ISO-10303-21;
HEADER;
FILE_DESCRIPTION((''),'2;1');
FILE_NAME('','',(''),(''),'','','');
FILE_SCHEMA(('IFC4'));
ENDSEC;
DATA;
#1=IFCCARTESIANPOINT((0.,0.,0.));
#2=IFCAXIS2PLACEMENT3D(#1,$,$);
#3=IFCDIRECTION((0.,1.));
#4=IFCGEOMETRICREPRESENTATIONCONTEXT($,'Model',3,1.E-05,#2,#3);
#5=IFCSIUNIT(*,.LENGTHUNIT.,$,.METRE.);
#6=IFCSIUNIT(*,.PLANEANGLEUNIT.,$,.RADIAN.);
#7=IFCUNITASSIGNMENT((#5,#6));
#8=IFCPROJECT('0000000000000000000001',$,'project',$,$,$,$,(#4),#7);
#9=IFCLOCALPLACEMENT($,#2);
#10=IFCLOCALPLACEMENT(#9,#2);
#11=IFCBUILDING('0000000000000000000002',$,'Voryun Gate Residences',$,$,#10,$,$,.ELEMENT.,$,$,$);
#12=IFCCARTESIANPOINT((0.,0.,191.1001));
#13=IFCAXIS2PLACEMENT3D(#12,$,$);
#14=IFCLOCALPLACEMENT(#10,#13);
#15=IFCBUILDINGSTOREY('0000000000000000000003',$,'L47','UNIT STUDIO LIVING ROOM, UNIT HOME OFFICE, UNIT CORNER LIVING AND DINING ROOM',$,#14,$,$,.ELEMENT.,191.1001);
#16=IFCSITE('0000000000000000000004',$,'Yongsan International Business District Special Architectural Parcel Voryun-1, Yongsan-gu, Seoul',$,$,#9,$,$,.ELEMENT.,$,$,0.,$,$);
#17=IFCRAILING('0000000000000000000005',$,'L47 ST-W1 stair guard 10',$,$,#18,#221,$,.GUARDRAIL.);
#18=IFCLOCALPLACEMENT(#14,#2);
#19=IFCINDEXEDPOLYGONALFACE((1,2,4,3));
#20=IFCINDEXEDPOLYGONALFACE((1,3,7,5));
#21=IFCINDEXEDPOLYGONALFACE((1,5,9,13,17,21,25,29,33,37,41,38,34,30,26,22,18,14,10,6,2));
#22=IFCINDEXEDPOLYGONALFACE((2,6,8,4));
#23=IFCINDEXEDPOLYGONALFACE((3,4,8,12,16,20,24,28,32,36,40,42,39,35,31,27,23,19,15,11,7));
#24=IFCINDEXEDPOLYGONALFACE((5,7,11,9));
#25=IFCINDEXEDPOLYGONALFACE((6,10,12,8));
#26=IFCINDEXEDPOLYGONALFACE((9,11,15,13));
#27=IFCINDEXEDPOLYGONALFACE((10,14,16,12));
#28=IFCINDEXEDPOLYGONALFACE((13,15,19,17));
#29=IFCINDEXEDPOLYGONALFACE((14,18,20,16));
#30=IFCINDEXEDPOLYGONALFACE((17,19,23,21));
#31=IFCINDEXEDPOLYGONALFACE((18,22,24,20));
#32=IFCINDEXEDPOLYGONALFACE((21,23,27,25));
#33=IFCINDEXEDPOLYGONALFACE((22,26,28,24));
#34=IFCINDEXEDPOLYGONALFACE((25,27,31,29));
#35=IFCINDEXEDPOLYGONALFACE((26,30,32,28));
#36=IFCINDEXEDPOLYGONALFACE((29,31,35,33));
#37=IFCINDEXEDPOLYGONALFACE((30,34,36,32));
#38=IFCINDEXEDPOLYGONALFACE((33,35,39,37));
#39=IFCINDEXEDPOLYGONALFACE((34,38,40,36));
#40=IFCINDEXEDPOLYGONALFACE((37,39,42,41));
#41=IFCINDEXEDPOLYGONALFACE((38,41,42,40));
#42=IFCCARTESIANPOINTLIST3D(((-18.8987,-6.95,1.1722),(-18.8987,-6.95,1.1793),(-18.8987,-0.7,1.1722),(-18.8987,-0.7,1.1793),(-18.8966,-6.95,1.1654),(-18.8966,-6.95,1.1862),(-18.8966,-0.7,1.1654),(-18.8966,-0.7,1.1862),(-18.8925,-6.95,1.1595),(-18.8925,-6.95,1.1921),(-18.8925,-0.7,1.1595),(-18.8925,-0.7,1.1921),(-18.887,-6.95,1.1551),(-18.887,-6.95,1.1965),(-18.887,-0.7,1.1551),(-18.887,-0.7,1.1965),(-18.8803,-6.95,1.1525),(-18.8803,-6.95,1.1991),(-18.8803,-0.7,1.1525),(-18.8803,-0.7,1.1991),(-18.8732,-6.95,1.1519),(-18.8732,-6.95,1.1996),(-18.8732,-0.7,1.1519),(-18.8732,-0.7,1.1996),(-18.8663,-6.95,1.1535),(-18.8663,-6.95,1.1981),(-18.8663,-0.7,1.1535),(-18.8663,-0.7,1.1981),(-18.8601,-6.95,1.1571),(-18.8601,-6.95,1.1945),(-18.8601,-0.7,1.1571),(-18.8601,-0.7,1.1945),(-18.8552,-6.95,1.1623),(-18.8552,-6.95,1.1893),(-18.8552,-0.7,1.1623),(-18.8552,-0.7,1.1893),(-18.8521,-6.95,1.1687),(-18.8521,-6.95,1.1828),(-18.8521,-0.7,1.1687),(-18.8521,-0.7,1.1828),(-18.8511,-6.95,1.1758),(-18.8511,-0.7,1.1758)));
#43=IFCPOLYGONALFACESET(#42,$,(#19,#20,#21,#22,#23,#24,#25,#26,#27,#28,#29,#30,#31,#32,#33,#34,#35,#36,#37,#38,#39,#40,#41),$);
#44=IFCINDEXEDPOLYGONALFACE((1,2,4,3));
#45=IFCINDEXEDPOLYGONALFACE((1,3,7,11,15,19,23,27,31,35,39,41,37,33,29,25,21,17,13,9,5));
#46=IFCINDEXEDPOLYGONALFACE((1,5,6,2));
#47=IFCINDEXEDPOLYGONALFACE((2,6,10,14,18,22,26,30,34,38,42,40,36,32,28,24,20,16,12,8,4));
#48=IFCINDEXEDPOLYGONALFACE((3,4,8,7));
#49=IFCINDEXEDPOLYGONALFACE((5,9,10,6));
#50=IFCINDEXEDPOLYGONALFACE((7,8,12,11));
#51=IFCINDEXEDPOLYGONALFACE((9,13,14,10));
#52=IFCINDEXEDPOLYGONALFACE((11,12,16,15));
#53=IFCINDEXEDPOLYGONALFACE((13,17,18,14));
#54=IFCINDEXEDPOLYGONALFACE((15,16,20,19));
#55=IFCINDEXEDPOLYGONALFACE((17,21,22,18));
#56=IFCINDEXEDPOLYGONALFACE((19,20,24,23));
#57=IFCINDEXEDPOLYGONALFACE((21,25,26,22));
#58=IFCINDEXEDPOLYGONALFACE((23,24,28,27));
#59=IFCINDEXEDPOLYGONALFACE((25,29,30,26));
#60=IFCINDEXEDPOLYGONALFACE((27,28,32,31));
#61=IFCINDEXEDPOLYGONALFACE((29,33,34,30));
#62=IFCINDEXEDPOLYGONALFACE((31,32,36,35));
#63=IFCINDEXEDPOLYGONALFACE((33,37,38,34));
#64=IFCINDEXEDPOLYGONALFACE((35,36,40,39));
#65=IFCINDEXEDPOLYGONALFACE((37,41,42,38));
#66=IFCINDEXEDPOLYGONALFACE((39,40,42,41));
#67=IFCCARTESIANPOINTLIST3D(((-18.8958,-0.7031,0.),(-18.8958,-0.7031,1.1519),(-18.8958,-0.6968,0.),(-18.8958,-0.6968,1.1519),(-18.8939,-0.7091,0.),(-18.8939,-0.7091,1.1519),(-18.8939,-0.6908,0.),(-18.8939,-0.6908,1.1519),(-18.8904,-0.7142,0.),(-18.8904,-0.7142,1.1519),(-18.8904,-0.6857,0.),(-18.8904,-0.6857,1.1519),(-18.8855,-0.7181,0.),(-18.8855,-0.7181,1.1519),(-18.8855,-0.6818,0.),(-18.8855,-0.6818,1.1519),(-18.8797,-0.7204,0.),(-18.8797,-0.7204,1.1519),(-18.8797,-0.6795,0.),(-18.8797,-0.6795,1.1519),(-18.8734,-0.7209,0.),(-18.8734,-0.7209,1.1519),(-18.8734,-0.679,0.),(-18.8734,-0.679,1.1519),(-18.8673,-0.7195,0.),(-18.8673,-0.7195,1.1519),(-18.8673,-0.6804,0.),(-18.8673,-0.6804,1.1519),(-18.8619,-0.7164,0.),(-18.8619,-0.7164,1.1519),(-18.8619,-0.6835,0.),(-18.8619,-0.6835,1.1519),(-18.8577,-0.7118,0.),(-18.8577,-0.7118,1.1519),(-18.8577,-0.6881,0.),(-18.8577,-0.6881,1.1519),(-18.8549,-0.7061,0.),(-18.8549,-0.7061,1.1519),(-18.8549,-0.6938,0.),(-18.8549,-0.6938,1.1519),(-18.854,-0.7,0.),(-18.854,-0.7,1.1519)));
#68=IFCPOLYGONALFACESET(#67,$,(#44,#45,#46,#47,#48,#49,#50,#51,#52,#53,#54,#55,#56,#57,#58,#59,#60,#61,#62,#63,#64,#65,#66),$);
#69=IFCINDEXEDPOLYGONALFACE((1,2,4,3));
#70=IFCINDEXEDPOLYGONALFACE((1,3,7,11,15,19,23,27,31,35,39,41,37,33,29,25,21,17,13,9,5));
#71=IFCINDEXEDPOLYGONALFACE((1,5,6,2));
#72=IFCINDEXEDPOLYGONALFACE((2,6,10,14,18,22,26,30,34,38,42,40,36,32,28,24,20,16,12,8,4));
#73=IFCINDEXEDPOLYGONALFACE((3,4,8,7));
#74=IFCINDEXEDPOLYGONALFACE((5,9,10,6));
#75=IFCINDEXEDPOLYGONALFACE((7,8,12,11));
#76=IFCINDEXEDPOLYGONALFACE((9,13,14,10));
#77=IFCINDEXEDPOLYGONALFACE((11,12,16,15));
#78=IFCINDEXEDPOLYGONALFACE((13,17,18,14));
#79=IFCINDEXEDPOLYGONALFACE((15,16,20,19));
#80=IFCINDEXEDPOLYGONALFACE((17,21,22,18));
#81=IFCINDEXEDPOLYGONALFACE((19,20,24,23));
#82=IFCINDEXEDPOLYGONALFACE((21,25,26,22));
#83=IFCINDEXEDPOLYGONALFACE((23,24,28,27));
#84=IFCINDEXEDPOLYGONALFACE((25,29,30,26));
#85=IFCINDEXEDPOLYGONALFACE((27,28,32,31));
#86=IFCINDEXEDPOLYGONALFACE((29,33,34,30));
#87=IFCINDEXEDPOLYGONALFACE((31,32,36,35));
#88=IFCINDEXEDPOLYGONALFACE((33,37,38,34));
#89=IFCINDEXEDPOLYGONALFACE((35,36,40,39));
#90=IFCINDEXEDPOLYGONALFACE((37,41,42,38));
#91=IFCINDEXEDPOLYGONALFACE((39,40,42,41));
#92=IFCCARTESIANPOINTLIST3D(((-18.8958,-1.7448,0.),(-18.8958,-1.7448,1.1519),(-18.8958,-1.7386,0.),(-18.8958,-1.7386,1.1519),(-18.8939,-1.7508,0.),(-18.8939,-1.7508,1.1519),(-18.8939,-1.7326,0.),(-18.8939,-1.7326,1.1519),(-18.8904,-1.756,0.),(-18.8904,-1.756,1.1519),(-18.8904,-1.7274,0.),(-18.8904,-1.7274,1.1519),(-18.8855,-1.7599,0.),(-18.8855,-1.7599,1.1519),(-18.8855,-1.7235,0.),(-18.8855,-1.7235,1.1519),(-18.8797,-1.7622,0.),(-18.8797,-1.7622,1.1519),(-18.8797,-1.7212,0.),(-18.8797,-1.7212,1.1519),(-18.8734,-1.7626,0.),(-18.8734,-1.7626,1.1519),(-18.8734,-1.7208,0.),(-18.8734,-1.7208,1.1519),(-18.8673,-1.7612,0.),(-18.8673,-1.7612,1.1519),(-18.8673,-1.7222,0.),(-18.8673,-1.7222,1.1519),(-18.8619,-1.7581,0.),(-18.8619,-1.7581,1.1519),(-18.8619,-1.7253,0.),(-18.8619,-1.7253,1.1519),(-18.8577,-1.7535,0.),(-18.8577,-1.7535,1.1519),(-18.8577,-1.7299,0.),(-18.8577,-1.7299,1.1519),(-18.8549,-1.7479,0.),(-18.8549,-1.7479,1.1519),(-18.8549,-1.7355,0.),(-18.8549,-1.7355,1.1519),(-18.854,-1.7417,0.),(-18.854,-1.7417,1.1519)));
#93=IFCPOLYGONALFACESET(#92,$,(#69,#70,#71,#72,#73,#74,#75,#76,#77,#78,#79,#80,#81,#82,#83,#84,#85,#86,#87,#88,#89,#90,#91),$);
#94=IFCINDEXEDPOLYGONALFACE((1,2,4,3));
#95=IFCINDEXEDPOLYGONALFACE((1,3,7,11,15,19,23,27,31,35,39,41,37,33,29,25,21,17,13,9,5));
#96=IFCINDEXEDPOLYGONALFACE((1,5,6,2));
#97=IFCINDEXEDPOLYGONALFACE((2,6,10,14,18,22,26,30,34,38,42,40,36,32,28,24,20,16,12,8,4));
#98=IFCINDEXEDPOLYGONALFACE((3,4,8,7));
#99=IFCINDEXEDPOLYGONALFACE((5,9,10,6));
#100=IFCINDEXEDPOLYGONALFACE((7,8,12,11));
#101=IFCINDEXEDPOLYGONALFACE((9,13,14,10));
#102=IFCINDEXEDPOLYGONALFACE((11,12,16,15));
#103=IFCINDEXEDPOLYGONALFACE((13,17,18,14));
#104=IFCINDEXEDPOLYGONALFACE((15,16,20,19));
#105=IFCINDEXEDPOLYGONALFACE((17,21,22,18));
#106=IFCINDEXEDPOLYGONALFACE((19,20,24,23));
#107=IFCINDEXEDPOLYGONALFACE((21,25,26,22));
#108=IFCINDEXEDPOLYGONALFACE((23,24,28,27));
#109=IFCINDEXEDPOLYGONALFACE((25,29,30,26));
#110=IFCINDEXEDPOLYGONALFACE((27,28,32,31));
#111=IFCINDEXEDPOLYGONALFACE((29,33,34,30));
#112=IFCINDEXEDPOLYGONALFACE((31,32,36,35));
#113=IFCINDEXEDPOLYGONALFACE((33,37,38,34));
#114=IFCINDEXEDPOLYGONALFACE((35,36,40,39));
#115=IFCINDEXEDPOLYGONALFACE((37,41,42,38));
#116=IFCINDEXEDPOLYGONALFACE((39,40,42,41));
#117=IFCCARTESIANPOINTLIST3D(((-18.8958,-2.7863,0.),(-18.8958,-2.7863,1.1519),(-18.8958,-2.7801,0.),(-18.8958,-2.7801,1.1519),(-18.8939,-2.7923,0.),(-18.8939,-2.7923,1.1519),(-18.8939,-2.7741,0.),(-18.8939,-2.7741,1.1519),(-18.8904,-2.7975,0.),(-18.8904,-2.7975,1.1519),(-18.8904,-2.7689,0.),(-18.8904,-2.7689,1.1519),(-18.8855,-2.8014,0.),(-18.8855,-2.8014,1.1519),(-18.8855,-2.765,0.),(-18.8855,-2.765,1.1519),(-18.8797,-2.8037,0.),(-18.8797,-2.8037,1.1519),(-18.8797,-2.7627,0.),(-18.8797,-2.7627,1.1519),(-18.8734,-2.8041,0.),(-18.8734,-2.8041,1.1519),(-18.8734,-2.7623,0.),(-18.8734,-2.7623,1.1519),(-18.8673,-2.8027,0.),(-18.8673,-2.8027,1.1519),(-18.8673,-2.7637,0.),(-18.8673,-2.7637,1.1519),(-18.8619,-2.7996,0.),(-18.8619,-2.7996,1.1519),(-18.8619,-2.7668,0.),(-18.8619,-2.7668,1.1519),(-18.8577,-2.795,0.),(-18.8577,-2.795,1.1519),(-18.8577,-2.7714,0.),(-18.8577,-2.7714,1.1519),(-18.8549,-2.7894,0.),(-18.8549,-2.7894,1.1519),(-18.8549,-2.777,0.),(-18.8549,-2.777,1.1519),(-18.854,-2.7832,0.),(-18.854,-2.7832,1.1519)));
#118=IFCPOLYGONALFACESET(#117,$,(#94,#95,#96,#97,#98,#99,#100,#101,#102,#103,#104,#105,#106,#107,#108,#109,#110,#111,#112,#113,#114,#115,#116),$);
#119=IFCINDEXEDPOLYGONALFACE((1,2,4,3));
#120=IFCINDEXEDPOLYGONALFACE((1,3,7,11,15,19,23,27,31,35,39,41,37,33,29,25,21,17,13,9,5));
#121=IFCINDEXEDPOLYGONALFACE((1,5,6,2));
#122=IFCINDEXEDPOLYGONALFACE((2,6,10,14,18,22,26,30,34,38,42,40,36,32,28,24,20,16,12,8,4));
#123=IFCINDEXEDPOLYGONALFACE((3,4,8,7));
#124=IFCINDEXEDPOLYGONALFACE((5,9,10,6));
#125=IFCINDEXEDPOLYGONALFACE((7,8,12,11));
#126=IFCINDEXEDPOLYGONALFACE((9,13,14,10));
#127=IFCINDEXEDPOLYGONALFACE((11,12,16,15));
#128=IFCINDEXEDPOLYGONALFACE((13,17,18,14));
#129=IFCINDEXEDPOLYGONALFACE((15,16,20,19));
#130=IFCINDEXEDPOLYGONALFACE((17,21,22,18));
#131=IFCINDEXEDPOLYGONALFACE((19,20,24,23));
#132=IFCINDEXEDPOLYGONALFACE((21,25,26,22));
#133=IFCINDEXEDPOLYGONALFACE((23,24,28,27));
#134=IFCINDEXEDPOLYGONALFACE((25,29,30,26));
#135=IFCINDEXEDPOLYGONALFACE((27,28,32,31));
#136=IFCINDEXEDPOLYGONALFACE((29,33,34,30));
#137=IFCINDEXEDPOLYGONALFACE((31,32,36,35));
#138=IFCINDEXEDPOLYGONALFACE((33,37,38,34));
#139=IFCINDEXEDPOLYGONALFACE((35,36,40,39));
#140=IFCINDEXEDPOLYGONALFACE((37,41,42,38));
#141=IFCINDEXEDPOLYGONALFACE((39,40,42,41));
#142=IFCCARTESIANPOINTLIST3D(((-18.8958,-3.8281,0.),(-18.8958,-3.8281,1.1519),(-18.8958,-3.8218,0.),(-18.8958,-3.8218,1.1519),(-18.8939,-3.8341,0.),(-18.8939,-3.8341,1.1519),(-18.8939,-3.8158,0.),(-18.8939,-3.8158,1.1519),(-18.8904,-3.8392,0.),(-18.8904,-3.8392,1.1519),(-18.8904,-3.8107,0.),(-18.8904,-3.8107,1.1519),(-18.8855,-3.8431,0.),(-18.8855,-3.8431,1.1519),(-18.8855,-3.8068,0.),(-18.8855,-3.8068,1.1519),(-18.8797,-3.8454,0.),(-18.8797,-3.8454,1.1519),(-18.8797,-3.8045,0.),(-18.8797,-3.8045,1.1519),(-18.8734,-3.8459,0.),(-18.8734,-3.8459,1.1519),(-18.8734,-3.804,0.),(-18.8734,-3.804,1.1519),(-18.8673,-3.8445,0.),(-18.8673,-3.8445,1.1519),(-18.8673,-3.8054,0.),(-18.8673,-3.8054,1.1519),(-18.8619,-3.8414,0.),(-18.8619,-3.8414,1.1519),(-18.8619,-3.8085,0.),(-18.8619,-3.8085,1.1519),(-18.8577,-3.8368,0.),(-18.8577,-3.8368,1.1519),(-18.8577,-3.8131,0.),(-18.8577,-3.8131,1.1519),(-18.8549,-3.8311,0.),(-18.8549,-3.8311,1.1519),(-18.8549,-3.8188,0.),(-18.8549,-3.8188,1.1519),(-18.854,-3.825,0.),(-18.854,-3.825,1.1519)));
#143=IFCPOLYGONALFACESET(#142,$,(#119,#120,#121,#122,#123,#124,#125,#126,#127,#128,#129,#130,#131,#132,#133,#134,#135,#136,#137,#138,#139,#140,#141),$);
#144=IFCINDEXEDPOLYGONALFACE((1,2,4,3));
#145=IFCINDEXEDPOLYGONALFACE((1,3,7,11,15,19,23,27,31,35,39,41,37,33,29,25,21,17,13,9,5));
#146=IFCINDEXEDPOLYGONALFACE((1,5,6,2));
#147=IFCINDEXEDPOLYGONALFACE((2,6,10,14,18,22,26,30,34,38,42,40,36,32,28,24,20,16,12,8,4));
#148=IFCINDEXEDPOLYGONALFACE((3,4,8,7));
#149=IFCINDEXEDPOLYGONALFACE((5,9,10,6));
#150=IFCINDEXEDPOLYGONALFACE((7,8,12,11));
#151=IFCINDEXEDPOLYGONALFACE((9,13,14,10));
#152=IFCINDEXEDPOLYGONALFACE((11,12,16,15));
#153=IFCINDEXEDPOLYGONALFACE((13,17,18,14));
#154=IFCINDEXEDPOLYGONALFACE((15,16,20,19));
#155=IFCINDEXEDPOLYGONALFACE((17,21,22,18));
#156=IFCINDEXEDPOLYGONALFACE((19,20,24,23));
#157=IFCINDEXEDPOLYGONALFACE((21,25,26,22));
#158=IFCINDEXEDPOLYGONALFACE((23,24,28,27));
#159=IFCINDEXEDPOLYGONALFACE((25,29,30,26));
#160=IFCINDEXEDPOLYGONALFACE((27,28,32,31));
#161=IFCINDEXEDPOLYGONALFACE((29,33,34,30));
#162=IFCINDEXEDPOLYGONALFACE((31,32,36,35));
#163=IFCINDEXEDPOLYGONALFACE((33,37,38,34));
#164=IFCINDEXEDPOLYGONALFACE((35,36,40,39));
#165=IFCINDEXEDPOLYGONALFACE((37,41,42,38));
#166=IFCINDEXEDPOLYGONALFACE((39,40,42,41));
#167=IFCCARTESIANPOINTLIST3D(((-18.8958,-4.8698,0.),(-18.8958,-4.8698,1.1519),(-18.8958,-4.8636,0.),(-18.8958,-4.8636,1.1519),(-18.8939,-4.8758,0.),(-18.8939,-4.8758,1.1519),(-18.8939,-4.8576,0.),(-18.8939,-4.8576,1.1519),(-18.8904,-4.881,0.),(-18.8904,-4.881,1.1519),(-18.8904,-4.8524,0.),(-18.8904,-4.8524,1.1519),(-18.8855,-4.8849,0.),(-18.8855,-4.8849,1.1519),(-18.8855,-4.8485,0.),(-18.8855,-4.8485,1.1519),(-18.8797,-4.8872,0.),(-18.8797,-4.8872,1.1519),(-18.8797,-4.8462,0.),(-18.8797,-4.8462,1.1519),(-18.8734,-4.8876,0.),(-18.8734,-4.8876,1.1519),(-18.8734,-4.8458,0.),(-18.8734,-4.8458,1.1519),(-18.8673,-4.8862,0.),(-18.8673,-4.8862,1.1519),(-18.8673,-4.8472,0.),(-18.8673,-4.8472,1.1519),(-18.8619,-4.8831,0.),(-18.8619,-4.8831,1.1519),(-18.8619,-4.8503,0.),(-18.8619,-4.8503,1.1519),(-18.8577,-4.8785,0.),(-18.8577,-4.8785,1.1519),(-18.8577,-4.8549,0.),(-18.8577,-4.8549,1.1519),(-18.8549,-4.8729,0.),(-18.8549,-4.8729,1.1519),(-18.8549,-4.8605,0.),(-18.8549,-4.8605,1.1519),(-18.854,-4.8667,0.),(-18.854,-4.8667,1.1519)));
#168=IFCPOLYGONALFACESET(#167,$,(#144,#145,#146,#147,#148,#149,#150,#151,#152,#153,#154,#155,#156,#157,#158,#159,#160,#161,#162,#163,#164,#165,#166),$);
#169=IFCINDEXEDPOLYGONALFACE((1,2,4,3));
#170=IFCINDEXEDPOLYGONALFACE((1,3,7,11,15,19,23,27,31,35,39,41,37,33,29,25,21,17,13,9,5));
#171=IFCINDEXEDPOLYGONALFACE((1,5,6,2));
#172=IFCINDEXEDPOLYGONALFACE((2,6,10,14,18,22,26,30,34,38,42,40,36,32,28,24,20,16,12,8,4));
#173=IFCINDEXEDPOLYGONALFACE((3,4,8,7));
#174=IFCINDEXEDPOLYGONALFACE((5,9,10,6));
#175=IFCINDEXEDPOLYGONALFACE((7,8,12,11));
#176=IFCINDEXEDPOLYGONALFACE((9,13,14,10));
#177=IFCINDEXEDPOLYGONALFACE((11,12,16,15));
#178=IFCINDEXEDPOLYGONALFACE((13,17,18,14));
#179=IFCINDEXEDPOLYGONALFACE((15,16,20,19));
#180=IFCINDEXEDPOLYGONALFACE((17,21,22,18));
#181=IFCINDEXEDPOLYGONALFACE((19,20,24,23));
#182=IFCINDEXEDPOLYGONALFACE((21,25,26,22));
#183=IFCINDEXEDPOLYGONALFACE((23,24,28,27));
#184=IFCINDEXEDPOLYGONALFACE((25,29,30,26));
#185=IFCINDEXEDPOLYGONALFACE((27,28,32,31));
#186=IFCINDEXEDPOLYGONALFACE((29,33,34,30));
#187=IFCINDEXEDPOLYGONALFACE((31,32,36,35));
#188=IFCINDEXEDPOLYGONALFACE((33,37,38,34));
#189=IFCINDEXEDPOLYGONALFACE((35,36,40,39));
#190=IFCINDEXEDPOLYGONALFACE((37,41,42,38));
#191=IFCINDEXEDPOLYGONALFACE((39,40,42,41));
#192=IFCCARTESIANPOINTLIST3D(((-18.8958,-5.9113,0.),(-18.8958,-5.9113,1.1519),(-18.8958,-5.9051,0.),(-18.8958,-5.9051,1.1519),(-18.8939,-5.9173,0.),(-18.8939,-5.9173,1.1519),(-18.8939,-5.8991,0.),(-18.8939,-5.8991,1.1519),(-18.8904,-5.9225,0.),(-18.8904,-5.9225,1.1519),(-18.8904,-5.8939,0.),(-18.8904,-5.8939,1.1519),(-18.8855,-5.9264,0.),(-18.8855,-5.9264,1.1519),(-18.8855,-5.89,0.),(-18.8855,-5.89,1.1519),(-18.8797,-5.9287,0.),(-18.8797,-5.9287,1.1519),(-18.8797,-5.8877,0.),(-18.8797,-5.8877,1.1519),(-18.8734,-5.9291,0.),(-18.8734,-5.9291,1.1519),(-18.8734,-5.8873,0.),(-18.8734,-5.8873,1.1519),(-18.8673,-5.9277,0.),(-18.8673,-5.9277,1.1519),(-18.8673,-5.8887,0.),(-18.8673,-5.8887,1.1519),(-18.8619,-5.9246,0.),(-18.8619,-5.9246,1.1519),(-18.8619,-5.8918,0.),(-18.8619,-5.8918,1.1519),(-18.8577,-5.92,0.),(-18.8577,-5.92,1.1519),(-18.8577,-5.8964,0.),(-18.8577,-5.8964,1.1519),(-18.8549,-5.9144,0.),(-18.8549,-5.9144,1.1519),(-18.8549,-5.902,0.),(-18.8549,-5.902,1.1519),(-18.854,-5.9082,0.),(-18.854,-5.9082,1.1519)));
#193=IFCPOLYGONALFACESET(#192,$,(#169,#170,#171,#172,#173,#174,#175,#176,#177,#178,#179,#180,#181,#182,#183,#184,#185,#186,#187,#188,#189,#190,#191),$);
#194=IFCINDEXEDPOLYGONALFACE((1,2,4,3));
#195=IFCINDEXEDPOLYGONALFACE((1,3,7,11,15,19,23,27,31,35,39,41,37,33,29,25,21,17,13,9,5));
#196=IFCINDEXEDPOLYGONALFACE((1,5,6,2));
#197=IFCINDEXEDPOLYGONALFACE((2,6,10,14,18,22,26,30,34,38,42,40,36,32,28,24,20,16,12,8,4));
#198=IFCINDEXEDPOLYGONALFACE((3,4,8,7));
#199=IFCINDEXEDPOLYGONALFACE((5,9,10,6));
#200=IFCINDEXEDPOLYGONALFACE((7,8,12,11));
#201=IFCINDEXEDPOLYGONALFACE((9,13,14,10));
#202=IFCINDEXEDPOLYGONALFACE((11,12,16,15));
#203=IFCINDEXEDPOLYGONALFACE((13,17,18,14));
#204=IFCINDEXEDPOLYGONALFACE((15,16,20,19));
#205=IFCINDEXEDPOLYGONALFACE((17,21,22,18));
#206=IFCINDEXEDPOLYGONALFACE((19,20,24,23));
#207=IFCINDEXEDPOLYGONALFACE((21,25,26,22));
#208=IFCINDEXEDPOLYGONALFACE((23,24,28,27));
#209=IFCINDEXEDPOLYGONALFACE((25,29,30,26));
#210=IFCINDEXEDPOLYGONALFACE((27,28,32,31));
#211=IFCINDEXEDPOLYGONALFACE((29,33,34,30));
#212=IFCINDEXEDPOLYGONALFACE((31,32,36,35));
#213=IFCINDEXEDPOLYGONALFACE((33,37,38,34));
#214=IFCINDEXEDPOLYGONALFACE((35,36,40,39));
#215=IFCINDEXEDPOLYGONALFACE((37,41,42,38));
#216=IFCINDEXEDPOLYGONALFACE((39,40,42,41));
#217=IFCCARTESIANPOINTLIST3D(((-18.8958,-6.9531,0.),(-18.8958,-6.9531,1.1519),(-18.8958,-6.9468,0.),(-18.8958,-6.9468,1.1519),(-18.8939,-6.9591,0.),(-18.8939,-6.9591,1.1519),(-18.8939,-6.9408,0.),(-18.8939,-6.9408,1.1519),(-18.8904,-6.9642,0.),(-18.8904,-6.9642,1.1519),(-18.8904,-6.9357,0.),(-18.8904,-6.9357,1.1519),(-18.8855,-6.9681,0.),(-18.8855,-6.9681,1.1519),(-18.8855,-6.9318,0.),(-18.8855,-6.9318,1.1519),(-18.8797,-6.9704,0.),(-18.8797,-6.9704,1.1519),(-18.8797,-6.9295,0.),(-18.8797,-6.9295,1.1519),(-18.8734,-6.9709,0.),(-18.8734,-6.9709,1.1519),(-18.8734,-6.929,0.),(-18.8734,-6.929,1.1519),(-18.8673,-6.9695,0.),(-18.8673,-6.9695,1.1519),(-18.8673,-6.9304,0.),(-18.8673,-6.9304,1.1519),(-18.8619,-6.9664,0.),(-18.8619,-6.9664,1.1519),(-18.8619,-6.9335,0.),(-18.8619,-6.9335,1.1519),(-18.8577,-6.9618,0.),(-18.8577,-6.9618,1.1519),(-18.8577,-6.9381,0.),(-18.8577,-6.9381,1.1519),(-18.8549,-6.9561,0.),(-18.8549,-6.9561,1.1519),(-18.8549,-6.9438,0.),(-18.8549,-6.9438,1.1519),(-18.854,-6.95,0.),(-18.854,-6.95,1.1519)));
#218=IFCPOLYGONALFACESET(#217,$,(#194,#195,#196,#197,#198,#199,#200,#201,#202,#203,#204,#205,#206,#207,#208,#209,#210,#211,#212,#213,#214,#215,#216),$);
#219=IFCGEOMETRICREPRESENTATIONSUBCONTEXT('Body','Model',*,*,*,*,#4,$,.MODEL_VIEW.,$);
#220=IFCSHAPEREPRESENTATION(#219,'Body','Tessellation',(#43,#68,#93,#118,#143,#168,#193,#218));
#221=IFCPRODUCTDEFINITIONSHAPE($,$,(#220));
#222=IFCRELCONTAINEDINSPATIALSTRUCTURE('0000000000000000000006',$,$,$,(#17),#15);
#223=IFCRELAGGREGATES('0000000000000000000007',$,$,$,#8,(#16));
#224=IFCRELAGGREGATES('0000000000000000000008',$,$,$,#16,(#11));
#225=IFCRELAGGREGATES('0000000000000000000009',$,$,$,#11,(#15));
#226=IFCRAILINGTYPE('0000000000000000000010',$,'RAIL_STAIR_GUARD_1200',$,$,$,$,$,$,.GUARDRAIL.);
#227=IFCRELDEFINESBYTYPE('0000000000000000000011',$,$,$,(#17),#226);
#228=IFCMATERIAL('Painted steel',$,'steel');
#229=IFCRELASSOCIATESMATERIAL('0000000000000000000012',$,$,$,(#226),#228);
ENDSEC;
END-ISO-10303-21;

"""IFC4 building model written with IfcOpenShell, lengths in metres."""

from ifc_helpers import new_model, si_unit, direction, frame, origin, origin_2d, place, context, subcontext, project, spatial, circle, extrude, material, type_object, element, save


model = new_model("IFC4")

# Units and contexts
model_context = context("Model", 3, precision=1e-05, world=origin(), true_north=direction((0.0, 1.0)))
body_context = subcontext(model_context, "Body", "Model", "MODEL_VIEW")
ifc_project = project(units=[si_unit("LENGTHUNIT", "METRE"), si_unit("PLANEANGLEUNIT", "RADIAN")], contexts=[model_context])

# Site, building, storey
site_placement = place(None, origin())
site = spatial("IfcSite", under=ifc_project, at=site_placement, Name="Yongsan International Business District Special Architectural Parcel Voryun-1, Yongsan-gu, Seoul", CompositionType="ELEMENT", RefElevation=0.0)
building_placement = place(site_placement, origin())
building = spatial("IfcBuilding", under=site, at=building_placement, Name="Voryun Gate Residences", CompositionType="ELEMENT")
storey_placement = place(building_placement, frame((0.0, 0.0, 191.1001)))
storey = spatial("IfcBuildingStorey", under=building, at=storey_placement, Name="L47", Description="UNIT STUDIO LIVING ROOM, UNIT HOME OFFICE, UNIT CORNER LIVING AND DINING ROOM", CompositionType="ELEMENT", Elevation=191.1001)

# Railing
ifc_material_1 = material(Name="Painted steel", Category="steel")
railing_type_1 = type_object("IfcRailingType", Name="RAIL_STAIR_GUARD_1200", PredefinedType="GUARDRAIL", material=ifc_material_1)
railing_1_placement = place(storey_placement, frame((-18.875, -0.7, 0.0)))
element("IfcRailing", 1, at=railing_1_placement, inside=storey, type_object=railing_type_1, Name="L47 ST-W1 stair guard 10", PredefinedType="GUARDRAIL", context=body_context, shape_type="SweptSolid", body=[
    extrude(circle(Radius=0.0239, at=origin_2d()), frame((0.0, 0.0, 1.1758), z_axis=(0.0, -1.0, 0.0), x_axis=(1.0, 0.0, 0.0)), (0.0, 0.0, 1.0), 6.25),
    extrude(circle(Radius=0.021, at=origin_2d()), origin(), (0.0, 0.0, 1.0), 1.1519),
    extrude(circle(Radius=0.021, at=origin_2d()), frame((0.0, -1.0417, 0.0)), (0.0, 0.0, 1.0), 1.1519),
    extrude(circle(Radius=0.021, at=origin_2d()), frame((0.0, -2.0833, 0.0)), (0.0, 0.0, 1.0), 1.1519),
    extrude(circle(Radius=0.021, at=origin_2d()), frame((0.0, -3.125, 0.0)), (0.0, 0.0, 1.0), 1.1519),
    extrude(circle(Radius=0.021, at=origin_2d()), frame((0.0, -4.1667, 0.0)), (0.0, 0.0, 1.0), 1.1519),
    extrude(circle(Radius=0.021, at=origin_2d()), frame((0.0, -5.2083, 0.0)), (0.0, 0.0, 1.0), 1.1519),
    extrude(circle(Radius=0.021, at=origin_2d()), frame((0.0, -6.25, 0.0)), (0.0, 0.0, 1.0), 1.1519),
])

save(model, "model.ifc")
